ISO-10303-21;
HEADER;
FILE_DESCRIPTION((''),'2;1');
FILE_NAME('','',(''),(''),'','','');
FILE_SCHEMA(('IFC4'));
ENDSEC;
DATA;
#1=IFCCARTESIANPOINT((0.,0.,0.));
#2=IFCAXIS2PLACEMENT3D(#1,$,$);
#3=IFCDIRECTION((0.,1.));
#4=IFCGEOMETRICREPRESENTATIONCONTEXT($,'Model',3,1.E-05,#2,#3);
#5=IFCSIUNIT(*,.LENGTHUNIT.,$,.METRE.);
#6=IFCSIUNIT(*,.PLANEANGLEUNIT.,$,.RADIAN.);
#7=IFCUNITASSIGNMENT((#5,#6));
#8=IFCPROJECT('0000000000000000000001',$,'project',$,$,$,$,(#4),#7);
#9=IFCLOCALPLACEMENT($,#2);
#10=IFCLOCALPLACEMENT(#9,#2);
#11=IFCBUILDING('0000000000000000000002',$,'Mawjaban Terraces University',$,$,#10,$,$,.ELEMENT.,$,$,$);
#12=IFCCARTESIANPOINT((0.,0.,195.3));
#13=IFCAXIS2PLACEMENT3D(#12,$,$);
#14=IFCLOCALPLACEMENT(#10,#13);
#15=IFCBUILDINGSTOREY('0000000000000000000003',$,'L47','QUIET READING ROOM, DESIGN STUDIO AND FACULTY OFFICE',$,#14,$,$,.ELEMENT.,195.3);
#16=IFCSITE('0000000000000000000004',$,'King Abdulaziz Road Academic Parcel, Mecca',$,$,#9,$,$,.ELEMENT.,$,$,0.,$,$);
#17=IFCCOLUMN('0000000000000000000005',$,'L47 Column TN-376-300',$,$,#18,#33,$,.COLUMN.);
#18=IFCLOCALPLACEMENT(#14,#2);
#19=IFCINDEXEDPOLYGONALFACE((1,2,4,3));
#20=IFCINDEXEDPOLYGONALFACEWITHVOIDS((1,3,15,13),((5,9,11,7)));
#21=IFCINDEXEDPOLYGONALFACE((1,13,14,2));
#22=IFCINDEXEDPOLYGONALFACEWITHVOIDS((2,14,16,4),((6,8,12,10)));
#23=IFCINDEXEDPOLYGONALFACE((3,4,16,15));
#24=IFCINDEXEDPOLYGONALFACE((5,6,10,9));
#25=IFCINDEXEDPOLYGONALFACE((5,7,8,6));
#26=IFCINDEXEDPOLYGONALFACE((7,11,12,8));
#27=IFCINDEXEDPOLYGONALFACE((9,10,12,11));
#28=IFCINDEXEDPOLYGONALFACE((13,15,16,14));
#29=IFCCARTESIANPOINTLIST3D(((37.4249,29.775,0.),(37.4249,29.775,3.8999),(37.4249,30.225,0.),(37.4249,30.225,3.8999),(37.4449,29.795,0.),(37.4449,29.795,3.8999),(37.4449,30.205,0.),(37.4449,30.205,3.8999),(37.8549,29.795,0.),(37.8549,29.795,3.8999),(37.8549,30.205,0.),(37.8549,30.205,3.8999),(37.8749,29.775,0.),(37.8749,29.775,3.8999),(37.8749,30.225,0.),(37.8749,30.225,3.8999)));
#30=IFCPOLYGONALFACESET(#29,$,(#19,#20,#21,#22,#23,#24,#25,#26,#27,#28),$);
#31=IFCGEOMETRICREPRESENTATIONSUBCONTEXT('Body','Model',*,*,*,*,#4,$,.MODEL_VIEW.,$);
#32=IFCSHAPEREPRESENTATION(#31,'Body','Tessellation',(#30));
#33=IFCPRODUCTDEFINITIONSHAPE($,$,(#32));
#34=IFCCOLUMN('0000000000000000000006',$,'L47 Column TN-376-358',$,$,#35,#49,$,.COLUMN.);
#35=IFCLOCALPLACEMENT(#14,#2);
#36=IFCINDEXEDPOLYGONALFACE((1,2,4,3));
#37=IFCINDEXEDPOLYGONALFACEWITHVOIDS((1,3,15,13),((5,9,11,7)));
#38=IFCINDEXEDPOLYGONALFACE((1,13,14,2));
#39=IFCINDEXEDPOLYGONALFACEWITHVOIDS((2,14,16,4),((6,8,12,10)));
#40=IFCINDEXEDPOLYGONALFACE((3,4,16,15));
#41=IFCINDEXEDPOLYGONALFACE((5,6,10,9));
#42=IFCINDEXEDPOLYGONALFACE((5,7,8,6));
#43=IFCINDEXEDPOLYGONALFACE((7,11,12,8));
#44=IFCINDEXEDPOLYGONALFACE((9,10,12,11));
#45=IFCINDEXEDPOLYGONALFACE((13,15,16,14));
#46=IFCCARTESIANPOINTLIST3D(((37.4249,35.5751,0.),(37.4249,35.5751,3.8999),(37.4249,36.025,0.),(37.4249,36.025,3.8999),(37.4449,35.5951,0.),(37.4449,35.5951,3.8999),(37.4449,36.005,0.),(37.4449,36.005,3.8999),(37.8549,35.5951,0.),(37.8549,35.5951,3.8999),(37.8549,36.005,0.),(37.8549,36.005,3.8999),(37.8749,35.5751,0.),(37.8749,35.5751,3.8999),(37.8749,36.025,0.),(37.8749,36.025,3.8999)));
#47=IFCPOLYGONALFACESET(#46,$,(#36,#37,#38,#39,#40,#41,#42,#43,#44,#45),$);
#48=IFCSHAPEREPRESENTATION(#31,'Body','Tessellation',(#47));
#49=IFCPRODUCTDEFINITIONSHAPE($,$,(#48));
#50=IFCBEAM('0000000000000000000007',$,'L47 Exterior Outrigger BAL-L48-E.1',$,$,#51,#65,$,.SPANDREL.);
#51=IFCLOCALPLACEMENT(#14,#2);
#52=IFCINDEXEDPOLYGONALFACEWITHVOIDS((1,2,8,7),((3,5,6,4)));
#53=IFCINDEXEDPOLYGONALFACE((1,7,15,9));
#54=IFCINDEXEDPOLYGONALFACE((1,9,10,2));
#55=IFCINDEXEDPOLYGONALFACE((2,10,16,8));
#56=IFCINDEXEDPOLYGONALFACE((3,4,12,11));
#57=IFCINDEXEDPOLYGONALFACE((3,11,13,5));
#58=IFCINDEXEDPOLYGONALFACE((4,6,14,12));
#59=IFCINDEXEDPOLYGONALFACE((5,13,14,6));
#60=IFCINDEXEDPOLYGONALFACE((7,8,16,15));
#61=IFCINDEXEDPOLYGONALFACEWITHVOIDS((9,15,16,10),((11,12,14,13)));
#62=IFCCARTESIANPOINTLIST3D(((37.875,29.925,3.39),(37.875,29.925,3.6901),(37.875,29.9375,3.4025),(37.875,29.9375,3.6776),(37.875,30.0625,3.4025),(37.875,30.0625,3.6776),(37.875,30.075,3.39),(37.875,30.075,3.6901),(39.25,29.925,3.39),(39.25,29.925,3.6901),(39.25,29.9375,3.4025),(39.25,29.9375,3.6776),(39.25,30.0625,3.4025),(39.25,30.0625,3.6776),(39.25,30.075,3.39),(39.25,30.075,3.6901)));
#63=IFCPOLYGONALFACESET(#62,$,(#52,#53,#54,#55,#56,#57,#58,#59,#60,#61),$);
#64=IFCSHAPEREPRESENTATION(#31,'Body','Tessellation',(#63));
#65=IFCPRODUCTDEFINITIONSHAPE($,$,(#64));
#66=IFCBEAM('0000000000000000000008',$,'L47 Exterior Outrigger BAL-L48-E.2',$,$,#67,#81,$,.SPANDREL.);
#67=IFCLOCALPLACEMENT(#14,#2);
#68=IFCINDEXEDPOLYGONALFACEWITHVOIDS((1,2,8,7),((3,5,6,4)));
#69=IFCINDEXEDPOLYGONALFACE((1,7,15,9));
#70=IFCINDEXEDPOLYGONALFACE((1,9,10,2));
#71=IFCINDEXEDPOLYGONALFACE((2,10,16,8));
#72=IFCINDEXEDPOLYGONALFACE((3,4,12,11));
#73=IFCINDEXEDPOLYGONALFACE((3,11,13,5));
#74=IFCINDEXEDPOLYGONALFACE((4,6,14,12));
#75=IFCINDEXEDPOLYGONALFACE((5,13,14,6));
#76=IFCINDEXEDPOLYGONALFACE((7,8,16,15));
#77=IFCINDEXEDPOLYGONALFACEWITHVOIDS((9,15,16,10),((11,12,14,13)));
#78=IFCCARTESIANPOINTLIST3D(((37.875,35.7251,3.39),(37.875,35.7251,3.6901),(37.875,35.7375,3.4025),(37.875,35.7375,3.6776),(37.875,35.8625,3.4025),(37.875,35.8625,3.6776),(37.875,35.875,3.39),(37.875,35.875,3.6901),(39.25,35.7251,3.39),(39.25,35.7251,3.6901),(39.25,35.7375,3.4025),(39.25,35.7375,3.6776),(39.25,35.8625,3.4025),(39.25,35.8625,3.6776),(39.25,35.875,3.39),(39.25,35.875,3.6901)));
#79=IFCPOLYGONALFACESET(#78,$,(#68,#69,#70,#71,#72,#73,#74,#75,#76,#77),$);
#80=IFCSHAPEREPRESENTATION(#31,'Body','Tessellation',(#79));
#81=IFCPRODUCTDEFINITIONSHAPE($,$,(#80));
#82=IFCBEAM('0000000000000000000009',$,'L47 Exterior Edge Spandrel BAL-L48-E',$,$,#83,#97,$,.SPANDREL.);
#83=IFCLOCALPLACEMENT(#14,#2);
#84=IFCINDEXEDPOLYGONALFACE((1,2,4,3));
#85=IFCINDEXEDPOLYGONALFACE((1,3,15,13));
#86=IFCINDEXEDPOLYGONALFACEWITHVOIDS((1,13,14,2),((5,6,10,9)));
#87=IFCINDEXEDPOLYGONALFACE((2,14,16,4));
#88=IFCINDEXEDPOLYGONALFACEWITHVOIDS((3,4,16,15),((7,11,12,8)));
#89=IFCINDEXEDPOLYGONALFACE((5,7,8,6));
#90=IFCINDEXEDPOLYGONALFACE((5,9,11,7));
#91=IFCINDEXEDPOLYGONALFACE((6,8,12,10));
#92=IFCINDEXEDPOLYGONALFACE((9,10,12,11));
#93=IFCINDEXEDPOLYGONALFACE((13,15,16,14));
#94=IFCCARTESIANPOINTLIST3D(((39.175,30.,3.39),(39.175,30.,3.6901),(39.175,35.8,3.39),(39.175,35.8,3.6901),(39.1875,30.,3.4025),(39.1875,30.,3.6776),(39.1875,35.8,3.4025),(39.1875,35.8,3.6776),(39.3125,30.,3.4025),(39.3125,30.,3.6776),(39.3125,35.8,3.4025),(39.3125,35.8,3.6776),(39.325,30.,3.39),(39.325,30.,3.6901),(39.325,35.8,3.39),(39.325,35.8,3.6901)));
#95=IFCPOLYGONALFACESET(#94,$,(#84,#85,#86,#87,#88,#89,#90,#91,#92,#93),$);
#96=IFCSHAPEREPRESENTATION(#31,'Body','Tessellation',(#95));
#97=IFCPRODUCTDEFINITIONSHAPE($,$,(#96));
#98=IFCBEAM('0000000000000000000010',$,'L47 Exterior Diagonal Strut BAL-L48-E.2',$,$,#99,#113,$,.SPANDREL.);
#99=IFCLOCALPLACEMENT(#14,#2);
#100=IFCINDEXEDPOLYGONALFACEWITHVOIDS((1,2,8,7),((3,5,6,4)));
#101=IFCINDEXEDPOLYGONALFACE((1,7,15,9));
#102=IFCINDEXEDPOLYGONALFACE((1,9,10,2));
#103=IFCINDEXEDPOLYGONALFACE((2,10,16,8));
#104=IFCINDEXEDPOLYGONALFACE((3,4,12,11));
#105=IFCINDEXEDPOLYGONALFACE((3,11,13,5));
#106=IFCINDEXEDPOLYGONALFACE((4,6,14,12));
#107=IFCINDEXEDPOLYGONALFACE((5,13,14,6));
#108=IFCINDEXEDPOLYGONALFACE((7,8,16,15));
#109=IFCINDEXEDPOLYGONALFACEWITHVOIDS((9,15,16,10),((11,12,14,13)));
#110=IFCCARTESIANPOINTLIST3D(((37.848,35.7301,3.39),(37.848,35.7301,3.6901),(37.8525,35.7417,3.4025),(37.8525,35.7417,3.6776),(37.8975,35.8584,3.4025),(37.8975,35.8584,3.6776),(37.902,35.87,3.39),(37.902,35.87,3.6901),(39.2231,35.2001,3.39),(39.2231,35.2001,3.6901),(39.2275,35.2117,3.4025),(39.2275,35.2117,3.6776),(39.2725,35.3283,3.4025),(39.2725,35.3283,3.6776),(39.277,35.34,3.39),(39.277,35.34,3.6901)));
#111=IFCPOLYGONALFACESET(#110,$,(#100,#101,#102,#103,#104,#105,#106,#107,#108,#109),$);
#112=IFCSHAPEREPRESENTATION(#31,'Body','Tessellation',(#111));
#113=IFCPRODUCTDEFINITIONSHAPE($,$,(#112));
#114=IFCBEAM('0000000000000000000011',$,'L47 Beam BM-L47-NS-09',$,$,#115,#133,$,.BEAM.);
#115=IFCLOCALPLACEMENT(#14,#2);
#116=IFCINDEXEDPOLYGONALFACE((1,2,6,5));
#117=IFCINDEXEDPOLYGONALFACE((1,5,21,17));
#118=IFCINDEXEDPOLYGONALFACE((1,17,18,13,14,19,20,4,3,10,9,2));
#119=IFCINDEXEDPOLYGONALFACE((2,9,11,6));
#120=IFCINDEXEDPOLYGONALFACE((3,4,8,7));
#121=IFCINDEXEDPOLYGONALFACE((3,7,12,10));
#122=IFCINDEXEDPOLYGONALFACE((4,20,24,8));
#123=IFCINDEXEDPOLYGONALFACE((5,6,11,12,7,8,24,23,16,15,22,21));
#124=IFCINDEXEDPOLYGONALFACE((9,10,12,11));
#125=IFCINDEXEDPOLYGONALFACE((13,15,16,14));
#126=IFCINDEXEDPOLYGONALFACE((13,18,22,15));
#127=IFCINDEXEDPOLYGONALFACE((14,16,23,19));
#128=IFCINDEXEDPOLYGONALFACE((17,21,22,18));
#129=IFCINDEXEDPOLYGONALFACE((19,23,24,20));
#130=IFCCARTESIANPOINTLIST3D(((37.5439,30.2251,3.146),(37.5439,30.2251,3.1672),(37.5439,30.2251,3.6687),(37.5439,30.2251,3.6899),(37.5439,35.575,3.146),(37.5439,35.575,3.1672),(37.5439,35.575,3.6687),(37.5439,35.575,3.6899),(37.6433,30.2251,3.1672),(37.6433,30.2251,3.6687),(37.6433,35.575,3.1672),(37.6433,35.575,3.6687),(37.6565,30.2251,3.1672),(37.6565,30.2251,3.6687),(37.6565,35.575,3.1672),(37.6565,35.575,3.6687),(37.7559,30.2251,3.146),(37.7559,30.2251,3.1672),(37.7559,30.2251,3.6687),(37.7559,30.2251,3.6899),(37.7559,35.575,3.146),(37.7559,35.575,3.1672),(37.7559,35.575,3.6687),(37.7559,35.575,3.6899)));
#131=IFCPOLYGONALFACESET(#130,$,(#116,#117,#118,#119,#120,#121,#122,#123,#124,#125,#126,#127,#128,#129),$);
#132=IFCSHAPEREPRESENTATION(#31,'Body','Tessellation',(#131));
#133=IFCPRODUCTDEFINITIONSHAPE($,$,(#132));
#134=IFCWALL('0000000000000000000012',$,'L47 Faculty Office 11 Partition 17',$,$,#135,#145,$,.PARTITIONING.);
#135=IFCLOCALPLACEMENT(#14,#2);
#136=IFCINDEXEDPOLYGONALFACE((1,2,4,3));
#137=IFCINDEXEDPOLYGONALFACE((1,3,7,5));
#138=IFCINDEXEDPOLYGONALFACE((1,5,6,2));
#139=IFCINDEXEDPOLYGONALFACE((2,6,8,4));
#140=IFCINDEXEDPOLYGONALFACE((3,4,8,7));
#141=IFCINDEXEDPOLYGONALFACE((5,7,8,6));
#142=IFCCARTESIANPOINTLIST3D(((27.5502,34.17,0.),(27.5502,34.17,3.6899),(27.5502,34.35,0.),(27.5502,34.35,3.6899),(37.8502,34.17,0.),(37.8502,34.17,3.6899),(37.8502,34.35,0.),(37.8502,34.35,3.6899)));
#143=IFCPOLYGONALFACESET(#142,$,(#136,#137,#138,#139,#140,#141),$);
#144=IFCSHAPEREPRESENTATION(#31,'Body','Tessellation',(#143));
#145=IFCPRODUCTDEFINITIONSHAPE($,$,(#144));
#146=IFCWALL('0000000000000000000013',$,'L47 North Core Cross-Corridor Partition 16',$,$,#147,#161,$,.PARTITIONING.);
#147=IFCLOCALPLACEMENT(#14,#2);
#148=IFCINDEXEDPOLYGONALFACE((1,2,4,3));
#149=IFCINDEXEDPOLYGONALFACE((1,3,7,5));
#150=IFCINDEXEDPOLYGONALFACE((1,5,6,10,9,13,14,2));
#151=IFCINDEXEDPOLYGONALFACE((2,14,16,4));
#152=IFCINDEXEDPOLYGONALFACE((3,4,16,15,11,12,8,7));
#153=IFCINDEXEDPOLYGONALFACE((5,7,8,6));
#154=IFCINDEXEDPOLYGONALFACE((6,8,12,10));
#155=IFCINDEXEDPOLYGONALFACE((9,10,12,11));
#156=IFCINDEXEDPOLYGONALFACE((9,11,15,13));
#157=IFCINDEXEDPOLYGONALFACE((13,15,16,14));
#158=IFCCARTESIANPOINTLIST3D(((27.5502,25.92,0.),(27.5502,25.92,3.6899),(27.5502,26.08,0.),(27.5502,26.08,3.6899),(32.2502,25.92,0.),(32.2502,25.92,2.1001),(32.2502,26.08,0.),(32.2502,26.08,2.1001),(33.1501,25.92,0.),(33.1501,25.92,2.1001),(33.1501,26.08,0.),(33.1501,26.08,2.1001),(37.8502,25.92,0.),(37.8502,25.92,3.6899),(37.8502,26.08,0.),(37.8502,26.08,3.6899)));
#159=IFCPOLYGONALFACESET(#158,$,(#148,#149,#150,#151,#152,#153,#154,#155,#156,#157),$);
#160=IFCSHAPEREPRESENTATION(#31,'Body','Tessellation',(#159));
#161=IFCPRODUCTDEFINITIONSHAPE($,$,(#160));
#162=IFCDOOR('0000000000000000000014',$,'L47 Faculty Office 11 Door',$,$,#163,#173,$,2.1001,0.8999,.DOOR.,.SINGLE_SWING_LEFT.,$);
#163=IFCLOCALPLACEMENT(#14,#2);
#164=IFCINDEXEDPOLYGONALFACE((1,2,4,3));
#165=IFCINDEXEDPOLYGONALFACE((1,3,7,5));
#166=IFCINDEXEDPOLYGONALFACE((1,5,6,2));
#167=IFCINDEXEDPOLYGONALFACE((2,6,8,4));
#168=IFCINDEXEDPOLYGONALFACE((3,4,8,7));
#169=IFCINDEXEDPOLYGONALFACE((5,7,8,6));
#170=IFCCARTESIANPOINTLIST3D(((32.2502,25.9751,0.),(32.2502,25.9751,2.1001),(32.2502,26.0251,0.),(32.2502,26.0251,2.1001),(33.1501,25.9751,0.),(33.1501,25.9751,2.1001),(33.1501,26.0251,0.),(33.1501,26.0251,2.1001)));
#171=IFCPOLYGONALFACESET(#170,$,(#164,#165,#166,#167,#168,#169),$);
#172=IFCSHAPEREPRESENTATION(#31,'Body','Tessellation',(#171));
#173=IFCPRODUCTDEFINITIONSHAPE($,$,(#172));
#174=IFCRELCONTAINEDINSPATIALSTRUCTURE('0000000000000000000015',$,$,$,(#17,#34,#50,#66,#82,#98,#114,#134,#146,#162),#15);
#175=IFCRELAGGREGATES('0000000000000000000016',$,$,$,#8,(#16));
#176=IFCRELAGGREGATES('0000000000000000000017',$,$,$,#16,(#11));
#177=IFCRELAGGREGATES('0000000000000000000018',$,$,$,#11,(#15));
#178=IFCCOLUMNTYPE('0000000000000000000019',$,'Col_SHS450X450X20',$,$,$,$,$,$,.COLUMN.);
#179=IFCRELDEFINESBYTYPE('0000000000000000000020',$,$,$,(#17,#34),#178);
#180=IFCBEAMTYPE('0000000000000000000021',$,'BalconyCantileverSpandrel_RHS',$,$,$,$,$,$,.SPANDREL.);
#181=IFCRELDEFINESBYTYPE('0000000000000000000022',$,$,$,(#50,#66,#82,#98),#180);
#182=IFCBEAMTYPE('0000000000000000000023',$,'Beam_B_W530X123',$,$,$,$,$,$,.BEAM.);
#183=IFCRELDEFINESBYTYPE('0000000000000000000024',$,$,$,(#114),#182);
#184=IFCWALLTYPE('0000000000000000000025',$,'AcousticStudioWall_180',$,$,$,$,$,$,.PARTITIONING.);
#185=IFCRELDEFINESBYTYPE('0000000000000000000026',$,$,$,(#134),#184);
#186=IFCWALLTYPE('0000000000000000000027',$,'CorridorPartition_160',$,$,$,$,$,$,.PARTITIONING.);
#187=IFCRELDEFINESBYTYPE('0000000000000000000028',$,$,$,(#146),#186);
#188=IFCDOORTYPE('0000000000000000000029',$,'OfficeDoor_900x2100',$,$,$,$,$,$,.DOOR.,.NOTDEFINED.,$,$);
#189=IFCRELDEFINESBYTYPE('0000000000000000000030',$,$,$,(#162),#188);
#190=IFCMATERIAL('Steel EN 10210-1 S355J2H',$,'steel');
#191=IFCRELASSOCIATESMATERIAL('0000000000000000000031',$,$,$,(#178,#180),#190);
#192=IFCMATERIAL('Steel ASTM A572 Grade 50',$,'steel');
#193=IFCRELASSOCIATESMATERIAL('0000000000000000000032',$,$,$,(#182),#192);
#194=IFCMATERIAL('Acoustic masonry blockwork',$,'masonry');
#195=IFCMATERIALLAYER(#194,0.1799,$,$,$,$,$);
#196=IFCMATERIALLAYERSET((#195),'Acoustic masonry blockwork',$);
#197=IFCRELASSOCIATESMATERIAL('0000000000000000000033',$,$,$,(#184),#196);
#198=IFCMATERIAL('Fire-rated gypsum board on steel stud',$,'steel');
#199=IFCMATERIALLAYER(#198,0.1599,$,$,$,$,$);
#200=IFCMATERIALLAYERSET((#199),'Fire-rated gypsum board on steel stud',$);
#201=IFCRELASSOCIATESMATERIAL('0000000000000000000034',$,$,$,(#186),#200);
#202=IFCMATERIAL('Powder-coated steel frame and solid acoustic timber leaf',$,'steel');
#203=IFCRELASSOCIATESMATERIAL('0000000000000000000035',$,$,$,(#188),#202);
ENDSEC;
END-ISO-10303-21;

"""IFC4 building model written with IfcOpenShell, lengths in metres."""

from ifc_helpers import new_model, si_unit, direction, frame, frame_2d, origin, origin_2d, place, context, subcontext, project, spatial, rectangle, hollow_rectangle, i_section, extrude, material, layer, layer_set, material_profile, profile_set, type_object, element, fill, save


model = new_model("IFC4")

# Units and contexts
model_context = context("Model", 3, precision=1e-05, world=origin(), true_north=direction((0.0, 1.0)))
body_context = subcontext(model_context, "Body", "Model", "MODEL_VIEW")
ifc_project = project(units=[si_unit("LENGTHUNIT", "METRE"), si_unit("PLANEANGLEUNIT", "RADIAN")], contexts=[model_context])

# Site, building, storey
site_placement = place(None, origin())
site = spatial("IfcSite", under=ifc_project, at=site_placement, Name="King Abdulaziz Road Academic Parcel, Mecca", CompositionType="ELEMENT", RefElevation=0.0)
building_placement = place(site_placement, origin())
building = spatial("IfcBuilding", under=site, at=building_placement, Name="Mawjaban Terraces University", CompositionType="ELEMENT")
storey_placement = place(building_placement, frame((0.0, 0.0, 195.3)))
storey = spatial("IfcBuildingStorey", under=building, at=storey_placement, Name="L47", Description="QUIET READING ROOM, DESIGN STUDIO AND FACULTY OFFICE", CompositionType="ELEMENT", Elevation=195.3)

# Columns
ifc_material_1 = material(Name="Steel EN 10210-1 S355J2H", Category="steel")
ifc_material_profile_1 = material_profile(ifc_material_1, hollow_rectangle(XDim=0.45, YDim=0.45, WallThickness=0.02, at=origin_2d()), Name="SHS450X450X20")
ifc_profile_set_1 = profile_set([ifc_material_profile_1], Name="Steel EN 10210-1 S355J2H")
column_type = type_object("IfcColumnType", Name="Col_SHS450X450X20", PredefinedType="COLUMN", material=ifc_profile_set_1)
for number, where, z_axis, x_axis, name in (
    (1, (37.6499, 30.0, 0.0), (0.0, 0.0, 1.0), (1.0, 0.0, 0.0), "L47 Column TN-376-300"),
    (2, (37.6499, 35.8, 0.0), (0.0, 0.0, 1.0), (1.0, 0.0, 0.0), "L47 Column TN-376-358"),
):
    element("IfcColumn", number, at=place(storey_placement, frame(where, z_axis=z_axis, x_axis=x_axis)), inside=storey, type_object=column_type, Name=name, PredefinedType="COLUMN", context=body_context, shape_type="SweptSolid", body=[
        extrude(hollow_rectangle(XDim=0.45, YDim=0.45, WallThickness=0.02, at=origin_2d()), origin(), (0.0, 0.0, 1.0), 3.8999),
    ])

# Beams
ifc_material_profile_2 = material_profile(ifc_material_1, hollow_rectangle(XDim=0.1499, YDim=0.3, WallThickness=0.0125, at=origin_2d()), Name="RHS300X150X12.5")
ifc_profile_set_2 = profile_set([ifc_material_profile_2], Name="Steel EN 10210-1 S355J2H")
beam_type_1 = type_object("IfcBeamType", Name="BalconyCantileverSpandrel_RHS", PredefinedType="SPANDREL", material=ifc_profile_set_2)
for number, where, z_axis, x_axis, name in (
    (3, (37.875, 30.0, 3.54), (1.0, 0.0, 0.0), (0.0, 1.0, 0.0), "L47 Exterior Outrigger BAL-L48-E.1"),
    (4, (37.875, 35.8, 3.54), (1.0, 0.0, 0.0), (0.0, 1.0, 0.0), "L47 Exterior Outrigger BAL-L48-E.2"),
):
    element("IfcBeam", number, at=place(storey_placement, frame(where, z_axis=z_axis, x_axis=x_axis)), inside=storey, type_object=beam_type_1, Name=name, PredefinedType="SPANDREL", context=body_context, shape_type="SweptSolid", body=[
        extrude(hollow_rectangle(XDim=0.1499, YDim=0.3, WallThickness=0.0125, at=origin_2d()), origin(), (0.0, 0.0, 1.0), 1.375),
    ])
beam_1_placement = place(storey_placement, frame((39.25, 30.0, 3.54), z_axis=(0.0, 1.0, 0.0), x_axis=(-1.0, 0.0, 0.0)))
element("IfcBeam", 5, at=beam_1_placement, inside=storey, type_object=beam_type_1, Name="L47 Exterior Edge Spandrel BAL-L48-E", PredefinedType="SPANDREL", context=body_context, shape_type="SweptSolid", body=[
    extrude(hollow_rectangle(XDim=0.1499, YDim=0.3, WallThickness=0.0125, at=origin_2d()), origin(), (0.0, 0.0, 1.0), 5.8),
])
beam_2_placement = place(storey_placement, frame((37.875, 35.8, 3.54), z_axis=(0.933076, -0.359678, 0.0), x_axis=(0.359678, 0.933076, 0.0)))
element("IfcBeam", 6, at=beam_2_placement, inside=storey, type_object=beam_type_1, Name="L47 Exterior Diagonal Strut BAL-L48-E.2", PredefinedType="SPANDREL", context=body_context, shape_type="SweptSolid", body=[
    extrude(hollow_rectangle(XDim=0.1499, YDim=0.3, WallThickness=0.0125, at=origin_2d()), origin(), (0.0, 0.0, 1.0), 1.4736),
])
ifc_material_2 = material(Name="Steel ASTM A572 Grade 50", Category="steel")
ifc_material_profile_3 = material_profile(ifc_material_2, i_section(OverallWidth=0.2119, OverallDepth=0.5439, WebThickness=0.0132, FlangeThickness=0.0212, at=origin_2d()), Name="W530X123")
ifc_profile_set_3 = profile_set([ifc_material_profile_3], Name="Steel ASTM A572 Grade 50")
beam_type_2 = type_object("IfcBeamType", Name="Beam_B_W530X123", PredefinedType="BEAM", material=ifc_profile_set_3)
beam_3_placement = place(storey_placement, frame((37.6499, 30.2251, 3.418), z_axis=(0.0, 1.0, 0.0), x_axis=(-1.0, 0.0, 0.0)))
element("IfcBeam", 7, at=beam_3_placement, inside=storey, type_object=beam_type_2, Name="L47 Beam BM-L47-NS-09", PredefinedType="BEAM", context=body_context, shape_type="SweptSolid", body=[
    extrude(i_section(OverallWidth=0.2119, OverallDepth=0.5439, WebThickness=0.0132, FlangeThickness=0.0212, at=origin_2d()), origin(), (0.0, 0.0, 1.0), 5.3499),
])

# Wall
ifc_material_3 = material(Name="Acoustic masonry blockwork", Category="masonry")
ifc_layer_1 = layer(ifc_material_3, 0.1799)
ifc_layer_set_1 = layer_set([ifc_layer_1], Name="Acoustic masonry blockwork")
wall_type_1 = type_object("IfcWallType", Name="AcousticStudioWall_180", PredefinedType="PARTITIONING", material=ifc_layer_set_1)
wall_1_placement = place(storey_placement, frame((37.8501, 34.26, 0.0), z_axis=(0.0, 0.0, 1.0), x_axis=(-1.0, 0.0, 0.0)))
element("IfcWall", 8, at=wall_1_placement, inside=storey, type_object=wall_type_1, Name="L47 Faculty Office 11 Partition 17", PredefinedType="PARTITIONING", context=body_context, shape_type="SweptSolid", body=[
    extrude(rectangle(XDim=10.3, YDim=0.1799, at=frame_2d((5.1499, 0.0))), origin(), (0.0, 0.0, 1.0), 3.6899),
])

# Wall, opening, door
ifc_material_4 = material(Name="Fire-rated gypsum board on steel stud", Category="steel")
ifc_layer_2 = layer(ifc_material_4, 0.1599)
ifc_layer_set_2 = layer_set([ifc_layer_2], Name="Fire-rated gypsum board on steel stud")
wall_type_2 = type_object("IfcWallType", Name="CorridorPartition_160", PredefinedType="PARTITIONING", material=ifc_layer_set_2)
wall_2_placement = place(storey_placement, frame((37.8501, 26.0, 0.0), z_axis=(0.0, 0.0, 1.0), x_axis=(-1.0, 0.0, 0.0)))
wall_2 = element("IfcWall", 9, at=wall_2_placement, inside=storey, type_object=wall_type_2, Name="L47 North Core Cross-Corridor Partition 16", PredefinedType="PARTITIONING", context=body_context, shape_type="SweptSolid", body=[
    extrude(rectangle(XDim=10.3, YDim=0.1599, at=frame_2d((5.1499, 0.0))), origin(), (0.0, 0.0, 1.0), 3.6899),
])
opening_1_placement = place(wall_2_placement, frame((4.7, 0.0, 0.0)))
opening_1 = element("IfcOpeningElement", 10, at=opening_1_placement, cuts=wall_2, PredefinedType="OPENING", context=body_context, shape_type="SweptSolid", body=[
    extrude(rectangle(XDim=0.8999, YDim=2.1001, at=frame_2d((0.45, 1.05))), frame((0.0, 0.0898, 0.0), z_axis=(0.0, -1.0, 0.0), x_axis=(1.0, 0.0, 0.0)), (0.0, 0.0, 1.0), 0.1799),
])
ifc_material_5 = material(Name="Powder-coated steel frame and solid acoustic timber leaf", Category="steel")
door_type = type_object("IfcDoorType", Name="OfficeDoor_900x2100", OperationType="NOTDEFINED", PredefinedType="DOOR", material=ifc_material_5)
door_placement = place(opening_1_placement, origin())
door = element("IfcDoor", 11, at=door_placement, inside=storey, type_object=door_type, Name="L47 Faculty Office 11 Door", OperationType="SINGLE_SWING_LEFT", OverallHeight=2.1001, OverallWidth=0.8999, PredefinedType="DOOR", context=body_context, shape_type="SweptSolid", body=[
    extrude(rectangle(XDim=0.8999, YDim=2.1001, at=frame_2d((0.45, 1.05))), frame((0.0, 0.0249, 0.0), z_axis=(0.0, -1.0, 0.0), x_axis=(1.0, 0.0, 0.0)), (0.0, 0.0, 1.0), 0.05),
])
fill(opening_1, door)

save(model, "model.ifc")
